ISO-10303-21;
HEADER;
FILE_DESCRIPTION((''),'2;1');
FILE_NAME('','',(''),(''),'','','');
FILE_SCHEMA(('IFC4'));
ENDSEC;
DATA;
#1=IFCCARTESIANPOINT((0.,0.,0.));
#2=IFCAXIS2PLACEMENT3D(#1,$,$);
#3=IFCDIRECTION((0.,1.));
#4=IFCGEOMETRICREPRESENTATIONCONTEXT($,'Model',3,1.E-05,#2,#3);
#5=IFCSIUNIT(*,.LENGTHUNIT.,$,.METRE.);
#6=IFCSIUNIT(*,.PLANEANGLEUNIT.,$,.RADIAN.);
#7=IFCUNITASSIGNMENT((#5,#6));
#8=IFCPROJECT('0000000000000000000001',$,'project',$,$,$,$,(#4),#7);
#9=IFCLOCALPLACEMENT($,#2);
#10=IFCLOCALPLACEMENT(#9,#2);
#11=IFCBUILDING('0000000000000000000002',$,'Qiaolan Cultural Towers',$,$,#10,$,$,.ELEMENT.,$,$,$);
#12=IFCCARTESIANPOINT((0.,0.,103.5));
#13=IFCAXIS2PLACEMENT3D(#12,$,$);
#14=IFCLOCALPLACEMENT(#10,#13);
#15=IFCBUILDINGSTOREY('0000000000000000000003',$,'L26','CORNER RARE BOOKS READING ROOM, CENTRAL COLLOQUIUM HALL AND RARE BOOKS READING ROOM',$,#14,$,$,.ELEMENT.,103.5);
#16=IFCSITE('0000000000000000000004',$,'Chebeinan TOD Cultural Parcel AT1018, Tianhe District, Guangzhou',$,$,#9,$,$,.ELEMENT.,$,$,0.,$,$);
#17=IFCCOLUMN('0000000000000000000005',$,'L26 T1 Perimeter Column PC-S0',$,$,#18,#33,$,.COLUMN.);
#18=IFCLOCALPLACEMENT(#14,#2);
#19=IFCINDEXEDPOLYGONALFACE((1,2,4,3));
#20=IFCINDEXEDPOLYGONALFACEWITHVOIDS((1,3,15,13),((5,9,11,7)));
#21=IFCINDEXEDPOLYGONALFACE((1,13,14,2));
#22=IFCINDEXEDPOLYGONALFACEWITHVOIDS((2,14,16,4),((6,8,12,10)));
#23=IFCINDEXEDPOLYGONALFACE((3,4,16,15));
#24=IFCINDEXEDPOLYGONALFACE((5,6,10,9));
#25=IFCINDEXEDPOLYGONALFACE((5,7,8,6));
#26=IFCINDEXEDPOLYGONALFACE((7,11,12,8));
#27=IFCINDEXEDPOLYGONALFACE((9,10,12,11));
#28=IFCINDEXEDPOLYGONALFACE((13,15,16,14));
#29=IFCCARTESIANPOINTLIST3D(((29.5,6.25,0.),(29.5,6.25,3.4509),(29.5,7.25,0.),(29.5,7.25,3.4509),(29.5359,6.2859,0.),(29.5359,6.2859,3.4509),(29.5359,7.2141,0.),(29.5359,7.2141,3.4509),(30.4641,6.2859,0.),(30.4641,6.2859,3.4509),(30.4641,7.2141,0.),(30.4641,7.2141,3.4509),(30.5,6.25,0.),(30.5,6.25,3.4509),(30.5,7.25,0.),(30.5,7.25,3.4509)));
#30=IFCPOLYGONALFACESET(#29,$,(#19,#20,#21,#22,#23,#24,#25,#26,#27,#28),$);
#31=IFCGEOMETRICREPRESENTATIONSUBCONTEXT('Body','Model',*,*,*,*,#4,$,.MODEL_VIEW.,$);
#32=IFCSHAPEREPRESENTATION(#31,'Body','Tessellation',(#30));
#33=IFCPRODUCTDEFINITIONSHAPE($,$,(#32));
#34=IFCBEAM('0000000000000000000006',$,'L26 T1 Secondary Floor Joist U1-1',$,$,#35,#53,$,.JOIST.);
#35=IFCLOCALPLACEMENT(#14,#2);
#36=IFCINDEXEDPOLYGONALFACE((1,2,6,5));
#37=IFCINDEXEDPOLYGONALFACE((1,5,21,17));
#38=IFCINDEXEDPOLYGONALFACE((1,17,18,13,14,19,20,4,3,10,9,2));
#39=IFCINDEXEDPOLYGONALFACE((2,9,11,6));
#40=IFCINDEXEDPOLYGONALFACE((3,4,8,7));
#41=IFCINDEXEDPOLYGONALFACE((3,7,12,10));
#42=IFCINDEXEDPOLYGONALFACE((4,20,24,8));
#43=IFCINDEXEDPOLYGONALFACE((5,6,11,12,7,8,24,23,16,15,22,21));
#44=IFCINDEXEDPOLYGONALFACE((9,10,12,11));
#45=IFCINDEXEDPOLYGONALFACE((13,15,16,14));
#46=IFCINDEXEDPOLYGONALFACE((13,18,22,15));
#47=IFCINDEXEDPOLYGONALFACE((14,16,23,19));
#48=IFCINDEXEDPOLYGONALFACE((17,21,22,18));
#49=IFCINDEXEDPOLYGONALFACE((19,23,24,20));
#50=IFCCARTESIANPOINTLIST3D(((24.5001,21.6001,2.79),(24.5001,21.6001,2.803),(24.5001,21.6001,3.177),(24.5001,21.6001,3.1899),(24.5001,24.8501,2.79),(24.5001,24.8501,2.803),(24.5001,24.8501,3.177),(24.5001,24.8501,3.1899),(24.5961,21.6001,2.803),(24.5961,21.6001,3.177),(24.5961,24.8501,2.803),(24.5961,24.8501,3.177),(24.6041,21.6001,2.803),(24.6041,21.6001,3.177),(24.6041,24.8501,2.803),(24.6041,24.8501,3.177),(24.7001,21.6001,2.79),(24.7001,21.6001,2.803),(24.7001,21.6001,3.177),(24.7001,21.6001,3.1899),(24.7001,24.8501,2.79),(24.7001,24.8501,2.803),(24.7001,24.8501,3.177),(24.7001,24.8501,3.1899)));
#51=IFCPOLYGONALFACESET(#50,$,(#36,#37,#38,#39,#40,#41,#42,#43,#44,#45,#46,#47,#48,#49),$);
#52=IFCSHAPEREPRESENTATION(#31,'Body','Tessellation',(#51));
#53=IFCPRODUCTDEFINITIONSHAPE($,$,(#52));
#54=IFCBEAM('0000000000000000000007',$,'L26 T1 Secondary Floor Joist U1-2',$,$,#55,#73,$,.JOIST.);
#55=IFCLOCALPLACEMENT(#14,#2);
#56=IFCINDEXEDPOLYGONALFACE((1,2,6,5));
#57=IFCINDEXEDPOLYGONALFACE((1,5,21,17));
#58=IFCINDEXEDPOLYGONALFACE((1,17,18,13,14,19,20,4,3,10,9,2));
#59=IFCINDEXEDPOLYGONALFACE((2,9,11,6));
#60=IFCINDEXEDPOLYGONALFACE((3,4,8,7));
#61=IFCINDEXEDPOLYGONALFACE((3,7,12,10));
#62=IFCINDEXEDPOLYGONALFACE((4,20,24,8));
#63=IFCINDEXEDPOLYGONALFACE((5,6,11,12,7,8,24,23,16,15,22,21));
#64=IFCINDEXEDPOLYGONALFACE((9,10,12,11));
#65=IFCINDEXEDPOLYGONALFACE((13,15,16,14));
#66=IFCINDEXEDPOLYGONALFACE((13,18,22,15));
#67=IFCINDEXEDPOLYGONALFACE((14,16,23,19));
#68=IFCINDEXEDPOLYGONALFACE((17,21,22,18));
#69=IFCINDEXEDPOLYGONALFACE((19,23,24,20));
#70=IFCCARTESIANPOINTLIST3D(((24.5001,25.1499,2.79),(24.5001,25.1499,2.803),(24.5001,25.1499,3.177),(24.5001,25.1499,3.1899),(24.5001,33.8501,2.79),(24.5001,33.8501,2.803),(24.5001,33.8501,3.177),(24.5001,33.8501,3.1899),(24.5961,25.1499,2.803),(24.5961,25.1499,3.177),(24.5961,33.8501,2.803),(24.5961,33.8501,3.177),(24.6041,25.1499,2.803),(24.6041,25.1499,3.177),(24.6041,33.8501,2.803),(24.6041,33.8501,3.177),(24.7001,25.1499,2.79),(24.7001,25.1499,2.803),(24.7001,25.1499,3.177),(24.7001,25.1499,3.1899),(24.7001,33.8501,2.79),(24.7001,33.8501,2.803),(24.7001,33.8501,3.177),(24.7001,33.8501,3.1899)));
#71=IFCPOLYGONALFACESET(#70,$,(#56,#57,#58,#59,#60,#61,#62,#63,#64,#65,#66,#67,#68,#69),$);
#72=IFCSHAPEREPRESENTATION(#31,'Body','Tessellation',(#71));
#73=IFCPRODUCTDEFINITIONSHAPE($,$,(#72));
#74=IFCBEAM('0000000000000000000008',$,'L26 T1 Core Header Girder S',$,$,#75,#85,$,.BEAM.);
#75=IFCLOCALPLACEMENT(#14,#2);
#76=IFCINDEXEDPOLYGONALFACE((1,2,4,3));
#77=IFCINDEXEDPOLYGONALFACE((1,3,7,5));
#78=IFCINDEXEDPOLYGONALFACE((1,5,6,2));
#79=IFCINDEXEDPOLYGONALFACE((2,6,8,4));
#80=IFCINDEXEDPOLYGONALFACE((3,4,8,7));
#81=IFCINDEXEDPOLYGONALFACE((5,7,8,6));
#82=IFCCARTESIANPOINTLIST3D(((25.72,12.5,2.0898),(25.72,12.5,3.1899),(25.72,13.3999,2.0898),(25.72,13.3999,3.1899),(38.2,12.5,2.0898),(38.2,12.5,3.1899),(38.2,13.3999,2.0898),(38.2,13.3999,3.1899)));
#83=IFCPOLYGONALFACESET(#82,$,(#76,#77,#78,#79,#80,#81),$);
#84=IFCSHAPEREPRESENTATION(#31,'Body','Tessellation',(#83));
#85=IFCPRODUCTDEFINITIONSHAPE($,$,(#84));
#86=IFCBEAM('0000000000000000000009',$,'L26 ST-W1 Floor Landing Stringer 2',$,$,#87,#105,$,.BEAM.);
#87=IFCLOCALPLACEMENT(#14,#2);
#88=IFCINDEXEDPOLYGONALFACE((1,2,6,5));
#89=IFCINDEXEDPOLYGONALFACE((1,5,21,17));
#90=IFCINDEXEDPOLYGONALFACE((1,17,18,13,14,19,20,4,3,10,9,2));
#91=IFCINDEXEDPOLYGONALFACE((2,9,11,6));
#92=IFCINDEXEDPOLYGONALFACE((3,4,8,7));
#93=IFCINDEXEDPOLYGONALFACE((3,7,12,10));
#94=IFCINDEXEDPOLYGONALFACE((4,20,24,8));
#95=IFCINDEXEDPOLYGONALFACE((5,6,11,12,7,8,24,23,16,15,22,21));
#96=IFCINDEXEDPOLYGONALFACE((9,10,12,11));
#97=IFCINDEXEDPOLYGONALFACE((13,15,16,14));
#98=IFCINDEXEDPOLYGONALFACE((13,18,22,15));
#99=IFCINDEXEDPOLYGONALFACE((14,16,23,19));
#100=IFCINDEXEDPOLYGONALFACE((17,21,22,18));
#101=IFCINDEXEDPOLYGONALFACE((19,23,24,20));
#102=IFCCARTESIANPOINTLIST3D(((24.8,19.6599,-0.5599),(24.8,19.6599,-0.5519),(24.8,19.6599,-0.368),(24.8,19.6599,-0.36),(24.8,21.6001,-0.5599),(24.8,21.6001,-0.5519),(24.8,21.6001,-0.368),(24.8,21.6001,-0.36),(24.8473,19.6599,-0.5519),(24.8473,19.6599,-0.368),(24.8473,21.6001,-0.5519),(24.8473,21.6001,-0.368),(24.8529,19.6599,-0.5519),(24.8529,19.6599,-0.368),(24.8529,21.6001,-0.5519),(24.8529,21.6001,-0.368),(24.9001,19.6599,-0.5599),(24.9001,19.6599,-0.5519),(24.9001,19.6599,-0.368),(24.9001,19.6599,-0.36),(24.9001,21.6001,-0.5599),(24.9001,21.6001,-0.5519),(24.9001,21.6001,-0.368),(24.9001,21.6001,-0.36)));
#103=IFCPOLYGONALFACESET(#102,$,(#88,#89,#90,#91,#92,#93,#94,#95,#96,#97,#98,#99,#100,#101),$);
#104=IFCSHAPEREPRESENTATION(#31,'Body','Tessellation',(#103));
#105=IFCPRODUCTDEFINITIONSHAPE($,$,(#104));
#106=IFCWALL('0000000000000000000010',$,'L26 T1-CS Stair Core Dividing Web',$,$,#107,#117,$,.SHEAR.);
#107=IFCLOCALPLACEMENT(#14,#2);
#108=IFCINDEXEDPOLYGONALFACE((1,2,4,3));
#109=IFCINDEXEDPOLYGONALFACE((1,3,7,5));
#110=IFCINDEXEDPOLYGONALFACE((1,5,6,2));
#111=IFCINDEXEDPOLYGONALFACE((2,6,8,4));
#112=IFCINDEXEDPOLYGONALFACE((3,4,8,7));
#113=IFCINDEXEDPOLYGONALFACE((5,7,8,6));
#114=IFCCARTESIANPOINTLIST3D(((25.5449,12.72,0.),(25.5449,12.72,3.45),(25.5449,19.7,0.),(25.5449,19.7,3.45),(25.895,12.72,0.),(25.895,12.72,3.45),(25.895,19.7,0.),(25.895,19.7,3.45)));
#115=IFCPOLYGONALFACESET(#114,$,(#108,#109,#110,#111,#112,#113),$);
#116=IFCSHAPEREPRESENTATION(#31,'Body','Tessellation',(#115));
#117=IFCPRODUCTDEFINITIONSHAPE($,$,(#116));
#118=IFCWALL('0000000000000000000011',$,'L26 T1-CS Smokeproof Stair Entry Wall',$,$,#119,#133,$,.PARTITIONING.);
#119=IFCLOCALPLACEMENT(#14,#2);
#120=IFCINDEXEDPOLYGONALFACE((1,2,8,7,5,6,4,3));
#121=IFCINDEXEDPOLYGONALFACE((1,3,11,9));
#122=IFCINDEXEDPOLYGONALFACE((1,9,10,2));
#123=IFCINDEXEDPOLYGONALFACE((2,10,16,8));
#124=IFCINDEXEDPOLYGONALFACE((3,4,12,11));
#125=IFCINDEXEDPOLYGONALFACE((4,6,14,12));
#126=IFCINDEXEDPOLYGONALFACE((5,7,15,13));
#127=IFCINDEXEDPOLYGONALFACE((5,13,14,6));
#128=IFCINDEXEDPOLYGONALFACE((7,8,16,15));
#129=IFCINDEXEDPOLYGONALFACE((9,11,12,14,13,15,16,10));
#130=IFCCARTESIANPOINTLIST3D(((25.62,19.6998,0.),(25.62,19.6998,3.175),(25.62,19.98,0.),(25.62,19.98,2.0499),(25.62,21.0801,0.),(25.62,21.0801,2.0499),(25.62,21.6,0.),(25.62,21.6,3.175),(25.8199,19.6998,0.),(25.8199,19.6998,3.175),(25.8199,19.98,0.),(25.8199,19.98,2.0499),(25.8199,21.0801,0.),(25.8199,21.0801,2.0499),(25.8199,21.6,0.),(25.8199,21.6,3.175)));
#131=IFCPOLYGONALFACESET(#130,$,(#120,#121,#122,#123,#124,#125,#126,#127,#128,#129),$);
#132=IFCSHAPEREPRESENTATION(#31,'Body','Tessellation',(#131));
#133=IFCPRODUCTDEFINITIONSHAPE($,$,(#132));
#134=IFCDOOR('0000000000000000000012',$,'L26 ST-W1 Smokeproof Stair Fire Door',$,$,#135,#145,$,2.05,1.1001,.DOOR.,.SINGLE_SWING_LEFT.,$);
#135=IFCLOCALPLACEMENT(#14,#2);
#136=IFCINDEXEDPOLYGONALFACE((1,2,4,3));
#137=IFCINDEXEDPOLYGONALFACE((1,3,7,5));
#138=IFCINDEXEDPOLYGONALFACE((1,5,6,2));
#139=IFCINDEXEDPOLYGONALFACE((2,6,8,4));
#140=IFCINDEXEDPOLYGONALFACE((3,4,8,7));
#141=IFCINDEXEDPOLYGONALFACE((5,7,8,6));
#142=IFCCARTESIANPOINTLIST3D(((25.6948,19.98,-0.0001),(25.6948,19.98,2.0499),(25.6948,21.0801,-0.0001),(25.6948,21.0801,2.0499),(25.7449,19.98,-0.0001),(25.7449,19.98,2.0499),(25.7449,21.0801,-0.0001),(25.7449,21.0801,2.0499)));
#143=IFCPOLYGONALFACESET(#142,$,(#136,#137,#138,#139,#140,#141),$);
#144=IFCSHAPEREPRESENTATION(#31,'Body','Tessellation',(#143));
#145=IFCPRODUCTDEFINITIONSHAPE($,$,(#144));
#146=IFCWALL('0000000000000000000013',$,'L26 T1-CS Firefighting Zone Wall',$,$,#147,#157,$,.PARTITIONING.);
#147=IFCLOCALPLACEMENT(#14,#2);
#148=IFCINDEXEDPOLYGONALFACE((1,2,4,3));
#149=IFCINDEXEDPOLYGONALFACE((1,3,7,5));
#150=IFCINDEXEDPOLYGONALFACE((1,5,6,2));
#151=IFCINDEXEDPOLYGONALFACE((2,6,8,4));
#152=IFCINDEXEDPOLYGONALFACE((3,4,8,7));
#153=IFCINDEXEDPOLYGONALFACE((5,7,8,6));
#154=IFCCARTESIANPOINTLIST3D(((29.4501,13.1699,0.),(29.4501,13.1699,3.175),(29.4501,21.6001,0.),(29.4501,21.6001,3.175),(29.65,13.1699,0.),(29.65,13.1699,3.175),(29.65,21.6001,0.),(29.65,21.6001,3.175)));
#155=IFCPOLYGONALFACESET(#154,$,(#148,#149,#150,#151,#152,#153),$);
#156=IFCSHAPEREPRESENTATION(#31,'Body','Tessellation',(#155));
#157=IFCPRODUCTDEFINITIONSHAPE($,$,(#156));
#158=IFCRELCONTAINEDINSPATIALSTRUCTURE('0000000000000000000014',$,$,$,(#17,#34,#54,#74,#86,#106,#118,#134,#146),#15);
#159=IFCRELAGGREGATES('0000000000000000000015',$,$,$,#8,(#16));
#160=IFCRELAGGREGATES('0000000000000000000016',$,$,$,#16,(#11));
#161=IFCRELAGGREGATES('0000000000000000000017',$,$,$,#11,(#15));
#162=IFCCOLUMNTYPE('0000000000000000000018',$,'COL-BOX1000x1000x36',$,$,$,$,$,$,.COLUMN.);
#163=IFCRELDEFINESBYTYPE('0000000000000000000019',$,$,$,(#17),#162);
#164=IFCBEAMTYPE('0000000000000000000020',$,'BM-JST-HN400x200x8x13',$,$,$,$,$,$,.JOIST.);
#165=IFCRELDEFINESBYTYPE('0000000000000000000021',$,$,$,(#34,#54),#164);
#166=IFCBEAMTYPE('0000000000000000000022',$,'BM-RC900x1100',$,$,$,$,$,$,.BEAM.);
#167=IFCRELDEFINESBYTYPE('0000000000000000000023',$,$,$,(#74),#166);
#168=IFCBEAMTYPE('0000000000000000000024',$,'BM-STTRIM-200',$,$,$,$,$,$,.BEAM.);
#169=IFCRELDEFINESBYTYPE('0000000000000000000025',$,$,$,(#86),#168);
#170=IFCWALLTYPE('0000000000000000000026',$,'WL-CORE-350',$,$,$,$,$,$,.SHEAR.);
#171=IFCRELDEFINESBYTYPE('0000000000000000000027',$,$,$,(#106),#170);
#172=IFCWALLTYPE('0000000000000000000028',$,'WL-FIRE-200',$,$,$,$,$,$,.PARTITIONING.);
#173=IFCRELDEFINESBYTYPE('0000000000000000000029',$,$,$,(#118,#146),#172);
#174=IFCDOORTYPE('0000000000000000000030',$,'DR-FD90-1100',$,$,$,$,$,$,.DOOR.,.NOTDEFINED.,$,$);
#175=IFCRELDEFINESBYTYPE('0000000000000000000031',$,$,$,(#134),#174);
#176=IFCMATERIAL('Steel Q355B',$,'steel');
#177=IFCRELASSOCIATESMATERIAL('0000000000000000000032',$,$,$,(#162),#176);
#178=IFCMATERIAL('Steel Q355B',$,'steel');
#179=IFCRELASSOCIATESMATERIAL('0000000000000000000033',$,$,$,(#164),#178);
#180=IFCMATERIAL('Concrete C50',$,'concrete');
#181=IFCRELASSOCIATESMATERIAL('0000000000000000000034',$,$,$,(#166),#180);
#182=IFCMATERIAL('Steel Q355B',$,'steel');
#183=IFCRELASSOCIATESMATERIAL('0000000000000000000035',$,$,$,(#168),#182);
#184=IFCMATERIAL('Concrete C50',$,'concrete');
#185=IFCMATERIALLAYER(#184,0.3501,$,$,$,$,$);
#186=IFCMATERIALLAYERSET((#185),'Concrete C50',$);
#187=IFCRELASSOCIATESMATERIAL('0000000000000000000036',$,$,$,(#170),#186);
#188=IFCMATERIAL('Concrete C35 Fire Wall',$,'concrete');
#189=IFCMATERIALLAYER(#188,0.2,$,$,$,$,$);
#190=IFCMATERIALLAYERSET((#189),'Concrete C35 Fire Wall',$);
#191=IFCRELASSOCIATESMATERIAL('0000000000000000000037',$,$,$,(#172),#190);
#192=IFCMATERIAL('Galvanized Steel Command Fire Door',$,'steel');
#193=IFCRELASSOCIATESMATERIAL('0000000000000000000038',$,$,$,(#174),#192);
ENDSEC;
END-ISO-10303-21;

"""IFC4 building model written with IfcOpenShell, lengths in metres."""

from ifc_helpers import new_model, si_unit, direction, frame, frame_2d, origin, origin_2d, place, context, subcontext, project, spatial, rectangle, hollow_rectangle, i_section, extrude, material, layer, layer_set, material_profile, profile_set, type_object, element, fill, save


model = new_model("IFC4")

# Units and contexts
model_context = context("Model", 3, precision=1e-05, world=origin(), true_north=direction((0.0, 1.0)))
body_context = subcontext(model_context, "Body", "Model", "MODEL_VIEW")
ifc_project = project(units=[si_unit("LENGTHUNIT", "METRE"), si_unit("PLANEANGLEUNIT", "RADIAN")], contexts=[model_context])

# Site, building, storey
site_placement = place(None, origin())
site = spatial("IfcSite", under=ifc_project, at=site_placement, Name="Chebeinan TOD Cultural Parcel AT1018, Tianhe District, Guangzhou", CompositionType="ELEMENT", RefElevation=0.0)
building_placement = place(site_placement, origin())
building = spatial("IfcBuilding", under=site, at=building_placement, Name="Qiaolan Cultural Towers", CompositionType="ELEMENT")
storey_placement = place(building_placement, frame((0.0, 0.0, 103.5)))
storey = spatial("IfcBuildingStorey", under=building, at=storey_placement, Name="L26", Description="CORNER RARE BOOKS READING ROOM, CENTRAL COLLOQUIUM HALL AND RARE BOOKS READING ROOM", CompositionType="ELEMENT", Elevation=103.5)

# Column
ifc_material_1 = material(Name="Steel Q355B", Category="steel")
ifc_material_profile_1 = material_profile(ifc_material_1, hollow_rectangle(XDim=1.0, YDim=1.0, WallThickness=0.0359, at=origin_2d()), Name="BOX1000x1000x36")
ifc_profile_set_1 = profile_set([ifc_material_profile_1], Name="Steel Q355B")
column_type = type_object("IfcColumnType", Name="COL-BOX1000x1000x36", PredefinedType="COLUMN", material=ifc_profile_set_1)
column_placement = place(storey_placement, frame((30.0, 6.75, 0.0), z_axis=(0.0, 0.0, 1.0), x_axis=(1.0, 0.0, 0.0)))
element("IfcColumn", 1, at=column_placement, inside=storey, type_object=column_type, Name="L26 T1 Perimeter Column PC-S0", PredefinedType="COLUMN", context=body_context, shape_type="SweptSolid", body=[
    extrude(hollow_rectangle(XDim=1.0, YDim=1.0, WallThickness=0.0359, at=origin_2d()), origin(), (0.0, 0.0, 1.0), 3.4509),
])

# Beams
ifc_material_2 = material(Name="Steel Q355B", Category="steel")
ifc_material_profile_2 = material_profile(ifc_material_2, i_section(OverallWidth=0.2, OverallDepth=0.3999, WebThickness=0.0081, FlangeThickness=0.0129, at=origin_2d()), Name="HN400x200x8x13")
ifc_profile_set_2 = profile_set([ifc_material_profile_2], Name="Steel Q355B")
beam_type_1 = type_object("IfcBeamType", Name="BM-JST-HN400x200x8x13", PredefinedType="JOIST", material=ifc_profile_set_2)
beam_1_placement = place(storey_placement, frame((24.6001, 21.6001, 2.99), z_axis=(0.0, 1.0, 0.0), x_axis=(-1.0, 0.0, 0.0)))
element("IfcBeam", 2, at=beam_1_placement, inside=storey, type_object=beam_type_1, Name="L26 T1 Secondary Floor Joist U1-1", PredefinedType="JOIST", context=body_context, shape_type="SweptSolid", body=[
    extrude(i_section(OverallWidth=0.2, OverallDepth=0.3999, WebThickness=0.0081, FlangeThickness=0.0129, at=origin_2d()), origin(), (0.0, 0.0, 1.0), 3.25),
])
beam_2_placement = place(storey_placement, frame((24.6001, 25.1499, 2.99), z_axis=(0.0, 1.0, 0.0), x_axis=(-1.0, 0.0, 0.0)))
element("IfcBeam", 3, at=beam_2_placement, inside=storey, type_object=beam_type_1, Name="L26 T1 Secondary Floor Joist U1-2", PredefinedType="JOIST", context=body_context, shape_type="SweptSolid", body=[
    extrude(i_section(OverallWidth=0.2, OverallDepth=0.3999, WebThickness=0.0081, FlangeThickness=0.0129, at=origin_2d()), origin(), (0.0, 0.0, 1.0), 8.7002),
])
ifc_material_3 = material(Name="Concrete C50", Category="concrete")
ifc_material_profile_3 = material_profile(ifc_material_3, rectangle(XDim=0.8999, YDim=1.1001, at=origin_2d()), Name="RC900x1100")
ifc_profile_set_3 = profile_set([ifc_material_profile_3], Name="Concrete C50")
beam_type_2 = type_object("IfcBeamType", Name="BM-RC900x1100", PredefinedType="BEAM", material=ifc_profile_set_3)
beam_3_placement = place(storey_placement, frame((25.72, 12.95, 2.6399), z_axis=(1.0, 0.0, 0.0), x_axis=(0.0, 1.0, 0.0)))
element("IfcBeam", 4, at=beam_3_placement, inside=storey, type_object=beam_type_2, Name="L26 T1 Core Header Girder S", PredefinedType="BEAM", context=body_context, shape_type="SweptSolid", body=[
    extrude(rectangle(XDim=0.8999, YDim=1.1001, at=origin_2d()), origin(), (0.0, 0.0, 1.0), 12.48),
])
ifc_material_4 = material(Name="Steel Q355B", Category="steel")
ifc_material_profile_4 = material_profile(ifc_material_4, i_section(OverallWidth=0.1001, OverallDepth=0.2, WebThickness=0.0056, FlangeThickness=0.0081, at=origin_2d()), Name="HN200x100x5.5x8")
ifc_profile_set_4 = profile_set([ifc_material_profile_4], Name="Steel Q355B")
beam_type_3 = type_object("IfcBeamType", Name="BM-STTRIM-200", PredefinedType="BEAM", material=ifc_profile_set_4)
beam_4_placement = place(storey_placement, frame((24.8501, 21.6001, -0.46), z_axis=(0.0, -1.0, 0.0), x_axis=(1.0, 0.0, 0.0)))
element("IfcBeam", 5, at=beam_4_placement, inside=storey, type_object=beam_type_3, Name="L26 ST-W1 Floor Landing Stringer 2", PredefinedType="BEAM", context=body_context, shape_type="SweptSolid", body=[
    extrude(i_section(OverallWidth=0.1001, OverallDepth=0.2, WebThickness=0.0056, FlangeThickness=0.0081, at=origin_2d()), origin(), (0.0, 0.0, 1.0), 1.9402),
])

# Wall
ifc_material_5 = material(Name="Concrete C50", Category="concrete")
ifc_layer_1 = layer(ifc_material_5, 0.3501)
ifc_layer_set_1 = layer_set([ifc_layer_1], Name="Concrete C50")
wall_type_1 = type_object("IfcWallType", Name="WL-CORE-350", PredefinedType="SHEAR", material=ifc_layer_set_1)
wall_1_placement = place(storey_placement, frame((25.72, 19.7, 0.0), z_axis=(0.0, 0.0, 1.0), x_axis=(0.0, -1.0, 0.0)))
element("IfcWall", 6, at=wall_1_placement, inside=storey, type_object=wall_type_1, Name="L26 T1-CS Stair Core Dividing Web", PredefinedType="SHEAR", context=body_context, shape_type="SweptSolid", body=[
    extrude(rectangle(XDim=6.98, YDim=0.3501, at=frame_2d((3.49, 0.0))), origin(), (0.0, 0.0, 1.0), 3.45),
])

# Wall, opening, door
ifc_material_6 = material(Name="Concrete C35 Fire Wall", Category="concrete")
ifc_layer_2 = layer(ifc_material_6, 0.2)
ifc_layer_set_2 = layer_set([ifc_layer_2], Name="Concrete C35 Fire Wall")
wall_type_2 = type_object("IfcWallType", Name="WL-FIRE-200", PredefinedType="PARTITIONING", material=ifc_layer_set_2)
wall_2_placement = place(storey_placement, frame((25.72, 21.6001, 0.0), z_axis=(0.0, 0.0, 1.0), x_axis=(0.0, -1.0, 0.0)))
wall_2 = element("IfcWall", 7, at=wall_2_placement, inside=storey, type_object=wall_type_2, Name="L26 T1-CS Smokeproof Stair Entry Wall", PredefinedType="PARTITIONING", context=body_context, shape_type="SweptSolid", body=[
    extrude(rectangle(XDim=1.9001, YDim=0.2, at=frame_2d((0.9502, 0.0))), origin(), (0.0, 0.0, 1.0), 3.175),
])
opening_1_placement = place(wall_2_placement, frame((0.52, 0.0, 0.0)))
opening_1 = element("IfcOpeningElement", 8, at=opening_1_placement, cuts=wall_2, PredefinedType="OPENING", context=body_context, shape_type="SweptSolid", body=[
    extrude(rectangle(XDim=1.1001, YDim=2.05, at=frame_2d((0.55, 1.0249))), frame((0.0, 0.1099, 0.0), z_axis=(0.0, -1.0, 0.0), x_axis=(1.0, 0.0, 0.0)), (0.0, 0.0, 1.0), 0.22),
])
ifc_material_7 = material(Name="Galvanized Steel Command Fire Door", Category="steel")
door_type_1 = type_object("IfcDoorType", Name="DR-FD90-1100", OperationType="NOTDEFINED", PredefinedType="DOOR", material=ifc_material_7)
door_1_placement = place(opening_1_placement, origin())
door_1 = element("IfcDoor", 9, at=door_1_placement, inside=storey, type_object=door_type_1, Name="L26 ST-W1 Smokeproof Stair Fire Door", OperationType="SINGLE_SWING_LEFT", OverallHeight=2.05, OverallWidth=1.1001, PredefinedType="DOOR", context=body_context, shape_type="SweptSolid", body=[
    extrude(rectangle(XDim=1.1001, YDim=2.05, at=frame_2d((0.55, 1.0249))), frame((0.0, 0.0249, 0.0), z_axis=(0.0, -1.0, 0.0), x_axis=(1.0, 0.0, 0.0)), (0.0, 0.0, 1.0), 0.05),
])
fill(opening_1, door_1)

# Wall
wall_3_placement = place(storey_placement, frame((29.55, 21.6001, 0.0), z_axis=(0.0, 0.0, 1.0), x_axis=(0.0, -1.0, 0.0)))
element("IfcWall", 10, at=wall_3_placement, inside=storey, type_object=wall_type_2, Name="L26 T1-CS Firefighting Zone Wall", PredefinedType="PARTITIONING", context=body_context, shape_type="SweptSolid", body=[
    extrude(rectangle(XDim=8.4302, YDim=0.2, at=frame_2d((4.2151, 0.0))), origin(), (0.0, 0.0, 1.0), 3.175),
])

save(model, "model.ifc")
